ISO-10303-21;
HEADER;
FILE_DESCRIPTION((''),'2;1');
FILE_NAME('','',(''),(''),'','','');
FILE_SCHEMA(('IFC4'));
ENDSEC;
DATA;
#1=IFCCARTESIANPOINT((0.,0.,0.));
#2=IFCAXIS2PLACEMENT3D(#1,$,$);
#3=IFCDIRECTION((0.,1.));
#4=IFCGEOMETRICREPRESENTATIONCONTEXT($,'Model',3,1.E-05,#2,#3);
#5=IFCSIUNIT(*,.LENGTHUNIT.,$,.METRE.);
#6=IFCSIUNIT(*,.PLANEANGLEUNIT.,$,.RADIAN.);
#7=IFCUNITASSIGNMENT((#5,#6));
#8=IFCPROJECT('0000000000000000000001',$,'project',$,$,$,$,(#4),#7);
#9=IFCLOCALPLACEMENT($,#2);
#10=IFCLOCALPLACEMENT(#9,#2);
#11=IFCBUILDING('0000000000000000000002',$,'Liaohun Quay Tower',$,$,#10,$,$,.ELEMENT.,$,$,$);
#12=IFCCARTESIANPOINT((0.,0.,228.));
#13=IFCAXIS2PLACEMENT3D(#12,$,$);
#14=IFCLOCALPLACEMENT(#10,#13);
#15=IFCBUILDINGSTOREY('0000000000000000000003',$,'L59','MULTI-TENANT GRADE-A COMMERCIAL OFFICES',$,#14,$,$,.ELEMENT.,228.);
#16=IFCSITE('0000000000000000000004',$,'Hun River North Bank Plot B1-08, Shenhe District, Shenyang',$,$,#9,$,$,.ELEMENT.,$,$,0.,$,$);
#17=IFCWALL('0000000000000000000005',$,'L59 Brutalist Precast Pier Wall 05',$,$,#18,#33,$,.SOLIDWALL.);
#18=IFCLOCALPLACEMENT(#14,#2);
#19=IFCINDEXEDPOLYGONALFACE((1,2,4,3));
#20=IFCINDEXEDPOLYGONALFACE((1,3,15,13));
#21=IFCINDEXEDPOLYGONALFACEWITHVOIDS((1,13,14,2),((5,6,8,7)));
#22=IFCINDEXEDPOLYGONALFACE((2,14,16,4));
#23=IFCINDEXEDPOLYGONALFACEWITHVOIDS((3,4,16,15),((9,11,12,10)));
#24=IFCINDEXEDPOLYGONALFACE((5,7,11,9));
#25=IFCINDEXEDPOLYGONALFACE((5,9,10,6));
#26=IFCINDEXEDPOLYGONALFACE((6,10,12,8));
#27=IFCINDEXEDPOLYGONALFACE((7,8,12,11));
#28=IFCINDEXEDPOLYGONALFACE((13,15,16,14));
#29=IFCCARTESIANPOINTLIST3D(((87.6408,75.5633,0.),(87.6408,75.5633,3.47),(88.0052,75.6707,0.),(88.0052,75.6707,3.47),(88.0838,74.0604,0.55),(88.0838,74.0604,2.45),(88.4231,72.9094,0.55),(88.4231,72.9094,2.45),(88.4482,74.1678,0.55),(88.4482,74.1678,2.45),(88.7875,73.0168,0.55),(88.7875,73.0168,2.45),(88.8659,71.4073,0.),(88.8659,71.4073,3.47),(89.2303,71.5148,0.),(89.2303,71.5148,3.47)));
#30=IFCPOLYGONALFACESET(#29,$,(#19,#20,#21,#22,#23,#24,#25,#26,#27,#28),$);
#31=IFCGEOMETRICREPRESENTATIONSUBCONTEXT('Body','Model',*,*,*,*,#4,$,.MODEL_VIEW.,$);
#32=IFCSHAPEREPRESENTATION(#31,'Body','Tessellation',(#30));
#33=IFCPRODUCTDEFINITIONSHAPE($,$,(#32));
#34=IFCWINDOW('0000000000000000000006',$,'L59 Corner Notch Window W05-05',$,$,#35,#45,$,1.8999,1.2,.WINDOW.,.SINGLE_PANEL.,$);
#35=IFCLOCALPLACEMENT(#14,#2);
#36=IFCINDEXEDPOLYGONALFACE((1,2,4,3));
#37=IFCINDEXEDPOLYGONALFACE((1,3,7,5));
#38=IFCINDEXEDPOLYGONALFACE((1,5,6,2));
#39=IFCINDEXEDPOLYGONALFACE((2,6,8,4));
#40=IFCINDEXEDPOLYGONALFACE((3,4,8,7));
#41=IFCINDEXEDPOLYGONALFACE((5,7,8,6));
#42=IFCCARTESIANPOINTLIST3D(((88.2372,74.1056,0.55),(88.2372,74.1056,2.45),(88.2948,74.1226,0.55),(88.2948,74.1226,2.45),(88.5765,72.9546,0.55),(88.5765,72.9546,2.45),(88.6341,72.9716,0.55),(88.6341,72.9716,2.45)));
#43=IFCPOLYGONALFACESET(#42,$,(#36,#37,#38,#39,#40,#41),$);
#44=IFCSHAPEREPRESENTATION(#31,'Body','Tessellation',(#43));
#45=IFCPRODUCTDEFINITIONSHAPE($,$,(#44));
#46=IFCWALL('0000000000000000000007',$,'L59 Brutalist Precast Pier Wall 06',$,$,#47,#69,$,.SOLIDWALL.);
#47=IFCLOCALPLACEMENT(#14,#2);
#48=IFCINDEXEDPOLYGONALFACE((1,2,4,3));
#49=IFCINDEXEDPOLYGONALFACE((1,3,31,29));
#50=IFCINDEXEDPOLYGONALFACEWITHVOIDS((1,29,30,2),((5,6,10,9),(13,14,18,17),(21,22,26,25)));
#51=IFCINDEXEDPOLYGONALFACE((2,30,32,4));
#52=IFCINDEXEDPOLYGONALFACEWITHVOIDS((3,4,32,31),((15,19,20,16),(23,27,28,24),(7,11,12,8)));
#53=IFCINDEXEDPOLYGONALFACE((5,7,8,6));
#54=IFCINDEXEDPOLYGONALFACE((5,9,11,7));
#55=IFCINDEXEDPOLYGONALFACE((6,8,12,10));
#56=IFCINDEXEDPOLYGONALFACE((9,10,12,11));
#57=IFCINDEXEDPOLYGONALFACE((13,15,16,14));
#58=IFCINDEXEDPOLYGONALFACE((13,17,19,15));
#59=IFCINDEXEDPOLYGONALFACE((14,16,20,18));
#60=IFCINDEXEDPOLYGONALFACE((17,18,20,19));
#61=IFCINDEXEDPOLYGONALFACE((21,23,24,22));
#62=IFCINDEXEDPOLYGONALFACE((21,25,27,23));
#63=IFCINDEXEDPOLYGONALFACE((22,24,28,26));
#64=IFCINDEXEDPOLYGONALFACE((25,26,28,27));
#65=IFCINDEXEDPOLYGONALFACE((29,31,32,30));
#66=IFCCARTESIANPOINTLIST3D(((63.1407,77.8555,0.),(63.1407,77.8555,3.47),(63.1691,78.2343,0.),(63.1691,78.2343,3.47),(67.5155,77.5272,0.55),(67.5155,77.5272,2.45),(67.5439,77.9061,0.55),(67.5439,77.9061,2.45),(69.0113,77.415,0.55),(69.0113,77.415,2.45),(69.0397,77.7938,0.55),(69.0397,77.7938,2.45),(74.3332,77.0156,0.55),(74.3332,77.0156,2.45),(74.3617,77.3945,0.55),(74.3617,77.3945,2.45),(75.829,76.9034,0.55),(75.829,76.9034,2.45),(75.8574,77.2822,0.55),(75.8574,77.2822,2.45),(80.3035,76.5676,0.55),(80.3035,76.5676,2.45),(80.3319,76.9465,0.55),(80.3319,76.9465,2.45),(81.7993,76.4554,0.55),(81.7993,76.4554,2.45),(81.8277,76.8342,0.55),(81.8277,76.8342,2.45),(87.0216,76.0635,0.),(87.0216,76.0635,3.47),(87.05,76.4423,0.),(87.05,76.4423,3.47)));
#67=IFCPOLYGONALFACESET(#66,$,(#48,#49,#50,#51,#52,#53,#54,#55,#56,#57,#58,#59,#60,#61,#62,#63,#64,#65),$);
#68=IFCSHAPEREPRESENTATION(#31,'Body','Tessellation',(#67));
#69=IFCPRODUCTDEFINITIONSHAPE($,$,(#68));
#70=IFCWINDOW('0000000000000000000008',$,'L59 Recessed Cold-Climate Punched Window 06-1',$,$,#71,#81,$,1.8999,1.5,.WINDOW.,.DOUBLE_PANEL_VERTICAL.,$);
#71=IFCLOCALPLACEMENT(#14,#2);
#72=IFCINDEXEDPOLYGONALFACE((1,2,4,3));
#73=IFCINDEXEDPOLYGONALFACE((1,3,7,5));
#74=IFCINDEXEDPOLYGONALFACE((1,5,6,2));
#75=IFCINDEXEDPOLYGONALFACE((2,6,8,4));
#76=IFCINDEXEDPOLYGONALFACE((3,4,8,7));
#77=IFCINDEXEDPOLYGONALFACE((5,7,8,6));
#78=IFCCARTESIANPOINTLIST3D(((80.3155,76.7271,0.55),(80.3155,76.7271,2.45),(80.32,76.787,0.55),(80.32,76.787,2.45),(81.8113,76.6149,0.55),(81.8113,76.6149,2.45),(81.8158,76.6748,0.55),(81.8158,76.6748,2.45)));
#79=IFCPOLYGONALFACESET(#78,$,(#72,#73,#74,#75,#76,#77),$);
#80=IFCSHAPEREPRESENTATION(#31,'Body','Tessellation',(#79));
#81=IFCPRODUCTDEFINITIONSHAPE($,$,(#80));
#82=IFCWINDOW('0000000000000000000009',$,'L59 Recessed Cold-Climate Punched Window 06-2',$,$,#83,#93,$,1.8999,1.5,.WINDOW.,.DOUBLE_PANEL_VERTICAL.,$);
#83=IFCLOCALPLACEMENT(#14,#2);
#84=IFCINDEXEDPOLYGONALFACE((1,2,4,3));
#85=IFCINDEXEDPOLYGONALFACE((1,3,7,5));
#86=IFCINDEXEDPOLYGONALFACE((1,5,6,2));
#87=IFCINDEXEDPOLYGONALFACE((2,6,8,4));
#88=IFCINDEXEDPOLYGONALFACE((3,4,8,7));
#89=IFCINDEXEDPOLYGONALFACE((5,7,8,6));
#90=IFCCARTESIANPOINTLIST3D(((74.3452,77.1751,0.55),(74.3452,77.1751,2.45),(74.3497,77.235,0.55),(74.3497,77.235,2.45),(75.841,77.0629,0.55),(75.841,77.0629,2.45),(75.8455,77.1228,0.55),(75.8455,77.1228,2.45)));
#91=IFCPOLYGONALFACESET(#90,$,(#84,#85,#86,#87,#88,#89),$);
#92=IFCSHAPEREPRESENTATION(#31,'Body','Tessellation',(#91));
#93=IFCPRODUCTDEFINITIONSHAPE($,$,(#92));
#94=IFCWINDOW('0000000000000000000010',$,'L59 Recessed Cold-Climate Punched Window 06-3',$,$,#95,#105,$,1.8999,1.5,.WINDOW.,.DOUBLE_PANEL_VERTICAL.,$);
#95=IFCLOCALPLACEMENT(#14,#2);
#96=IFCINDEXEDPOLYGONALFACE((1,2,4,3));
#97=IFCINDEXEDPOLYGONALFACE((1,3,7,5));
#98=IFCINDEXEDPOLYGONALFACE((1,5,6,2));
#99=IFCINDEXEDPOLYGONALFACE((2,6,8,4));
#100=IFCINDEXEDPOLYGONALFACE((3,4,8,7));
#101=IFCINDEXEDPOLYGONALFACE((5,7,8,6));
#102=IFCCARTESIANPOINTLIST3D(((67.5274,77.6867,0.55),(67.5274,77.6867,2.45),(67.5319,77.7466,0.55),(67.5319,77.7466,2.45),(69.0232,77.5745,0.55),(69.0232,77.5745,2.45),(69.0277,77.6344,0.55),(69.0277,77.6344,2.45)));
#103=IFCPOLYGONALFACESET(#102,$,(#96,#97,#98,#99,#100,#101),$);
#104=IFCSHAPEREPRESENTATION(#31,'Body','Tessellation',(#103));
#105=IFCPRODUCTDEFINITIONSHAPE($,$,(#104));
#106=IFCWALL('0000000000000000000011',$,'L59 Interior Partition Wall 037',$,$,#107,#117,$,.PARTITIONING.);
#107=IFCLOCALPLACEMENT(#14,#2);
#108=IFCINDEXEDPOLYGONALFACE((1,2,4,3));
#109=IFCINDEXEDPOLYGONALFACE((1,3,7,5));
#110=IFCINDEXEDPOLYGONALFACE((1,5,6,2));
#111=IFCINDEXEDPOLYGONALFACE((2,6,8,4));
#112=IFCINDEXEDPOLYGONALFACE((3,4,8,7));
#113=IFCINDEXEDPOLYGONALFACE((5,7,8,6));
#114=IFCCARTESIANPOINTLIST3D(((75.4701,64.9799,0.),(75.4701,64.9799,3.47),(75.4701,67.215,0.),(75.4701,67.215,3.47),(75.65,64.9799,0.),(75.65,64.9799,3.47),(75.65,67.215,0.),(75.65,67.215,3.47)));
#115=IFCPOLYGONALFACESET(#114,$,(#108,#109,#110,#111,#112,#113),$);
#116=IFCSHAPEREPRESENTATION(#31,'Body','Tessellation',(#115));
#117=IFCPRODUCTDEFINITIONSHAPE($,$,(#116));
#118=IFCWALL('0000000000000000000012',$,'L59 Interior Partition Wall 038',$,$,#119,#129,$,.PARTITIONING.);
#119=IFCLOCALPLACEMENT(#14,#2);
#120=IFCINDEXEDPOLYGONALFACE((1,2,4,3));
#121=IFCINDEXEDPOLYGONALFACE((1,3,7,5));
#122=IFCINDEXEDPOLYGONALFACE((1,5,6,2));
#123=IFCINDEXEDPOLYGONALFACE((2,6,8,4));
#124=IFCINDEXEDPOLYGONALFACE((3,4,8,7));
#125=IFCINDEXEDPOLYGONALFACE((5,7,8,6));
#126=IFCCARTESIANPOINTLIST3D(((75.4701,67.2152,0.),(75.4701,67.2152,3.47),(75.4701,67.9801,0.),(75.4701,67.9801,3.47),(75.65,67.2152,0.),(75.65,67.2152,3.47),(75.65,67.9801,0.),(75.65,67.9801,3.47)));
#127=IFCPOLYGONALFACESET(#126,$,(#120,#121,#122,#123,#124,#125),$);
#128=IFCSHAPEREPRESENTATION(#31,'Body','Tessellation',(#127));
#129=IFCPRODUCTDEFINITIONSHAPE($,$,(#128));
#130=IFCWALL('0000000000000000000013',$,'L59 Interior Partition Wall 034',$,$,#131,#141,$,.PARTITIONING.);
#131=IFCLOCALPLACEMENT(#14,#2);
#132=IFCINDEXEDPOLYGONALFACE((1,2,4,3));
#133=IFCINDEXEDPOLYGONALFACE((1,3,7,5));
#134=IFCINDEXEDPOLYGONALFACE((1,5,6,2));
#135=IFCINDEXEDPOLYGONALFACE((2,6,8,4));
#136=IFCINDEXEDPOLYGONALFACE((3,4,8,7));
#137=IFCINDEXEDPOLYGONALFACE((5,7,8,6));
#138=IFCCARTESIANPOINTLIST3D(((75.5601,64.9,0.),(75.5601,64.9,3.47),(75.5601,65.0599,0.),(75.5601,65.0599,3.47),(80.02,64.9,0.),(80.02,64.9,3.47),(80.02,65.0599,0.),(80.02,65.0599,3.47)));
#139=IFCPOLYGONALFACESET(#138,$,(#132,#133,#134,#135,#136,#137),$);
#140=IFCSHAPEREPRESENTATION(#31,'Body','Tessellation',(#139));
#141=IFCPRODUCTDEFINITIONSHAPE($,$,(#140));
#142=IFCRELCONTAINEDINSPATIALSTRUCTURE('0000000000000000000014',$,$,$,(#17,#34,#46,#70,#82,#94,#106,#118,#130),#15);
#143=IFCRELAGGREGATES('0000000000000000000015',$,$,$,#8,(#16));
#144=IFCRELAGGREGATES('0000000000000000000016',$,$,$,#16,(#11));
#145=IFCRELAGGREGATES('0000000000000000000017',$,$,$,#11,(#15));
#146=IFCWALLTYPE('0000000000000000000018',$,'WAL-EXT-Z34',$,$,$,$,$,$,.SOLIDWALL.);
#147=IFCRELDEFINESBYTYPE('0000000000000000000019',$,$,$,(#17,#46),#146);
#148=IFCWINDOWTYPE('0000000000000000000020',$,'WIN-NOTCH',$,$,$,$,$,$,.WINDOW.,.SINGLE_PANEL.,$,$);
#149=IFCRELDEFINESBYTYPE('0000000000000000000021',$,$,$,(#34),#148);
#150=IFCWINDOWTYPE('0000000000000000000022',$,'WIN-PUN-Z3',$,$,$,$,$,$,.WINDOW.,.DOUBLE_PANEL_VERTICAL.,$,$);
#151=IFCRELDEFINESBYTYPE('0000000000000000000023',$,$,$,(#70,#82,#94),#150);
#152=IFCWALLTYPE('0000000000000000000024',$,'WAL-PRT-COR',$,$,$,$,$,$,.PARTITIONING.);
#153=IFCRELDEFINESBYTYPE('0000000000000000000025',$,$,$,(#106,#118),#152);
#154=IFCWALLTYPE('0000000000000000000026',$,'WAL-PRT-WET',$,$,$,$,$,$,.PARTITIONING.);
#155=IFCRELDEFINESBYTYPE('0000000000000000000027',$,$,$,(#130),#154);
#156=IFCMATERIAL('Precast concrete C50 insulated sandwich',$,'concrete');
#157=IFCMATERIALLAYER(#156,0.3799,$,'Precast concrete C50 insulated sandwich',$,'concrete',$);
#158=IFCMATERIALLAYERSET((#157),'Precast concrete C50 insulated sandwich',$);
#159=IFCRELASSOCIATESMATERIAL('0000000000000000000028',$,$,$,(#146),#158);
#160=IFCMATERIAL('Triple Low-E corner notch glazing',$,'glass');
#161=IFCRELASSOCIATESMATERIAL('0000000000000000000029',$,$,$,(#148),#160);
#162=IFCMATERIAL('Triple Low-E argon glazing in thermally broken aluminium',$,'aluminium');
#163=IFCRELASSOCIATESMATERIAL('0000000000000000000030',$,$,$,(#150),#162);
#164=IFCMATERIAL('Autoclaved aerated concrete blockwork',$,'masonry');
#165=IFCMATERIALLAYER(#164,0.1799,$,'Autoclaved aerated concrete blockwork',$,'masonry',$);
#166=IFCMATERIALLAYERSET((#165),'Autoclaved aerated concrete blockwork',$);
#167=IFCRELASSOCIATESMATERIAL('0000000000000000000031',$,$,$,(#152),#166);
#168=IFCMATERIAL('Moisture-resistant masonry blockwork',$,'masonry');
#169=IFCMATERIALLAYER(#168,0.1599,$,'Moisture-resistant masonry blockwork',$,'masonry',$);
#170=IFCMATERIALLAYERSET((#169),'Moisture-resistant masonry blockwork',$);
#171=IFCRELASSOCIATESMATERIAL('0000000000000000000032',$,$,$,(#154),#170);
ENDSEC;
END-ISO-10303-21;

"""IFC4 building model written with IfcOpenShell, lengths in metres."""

from ifc_helpers import new_model, si_unit, direction, frame, frame_2d, origin, place, context, subcontext, project, spatial, rectangle, extrude, source, transform, mapped, material, layer, layer_set, type_object, element, fill, save


model = new_model("IFC4")

# Units and contexts
model_context = context("Model", 3, precision=1e-05, world=origin(), true_north=direction((0.0, 1.0)))
body_context = subcontext(model_context, "Body", "Model", "MODEL_VIEW")
ifc_project = project(units=[si_unit("LENGTHUNIT", "METRE"), si_unit("PLANEANGLEUNIT", "RADIAN")], contexts=[model_context])

# Site, building, storey
site_placement = place(None, origin())
site = spatial("IfcSite", under=ifc_project, at=site_placement, Name="Hun River North Bank Plot B1-08, Shenhe District, Shenyang", CompositionType="ELEMENT", RefElevation=0.0)
building_placement = place(site_placement, origin())
building = spatial("IfcBuilding", under=site, at=building_placement, Name="Liaohun Quay Tower", CompositionType="ELEMENT")
storey_placement = place(building_placement, frame((0.0, 0.0, 228.0)))
storey = spatial("IfcBuildingStorey", under=building, at=storey_placement, Name="L59", Description="MULTI-TENANT GRADE-A COMMERCIAL OFFICES", CompositionType="ELEMENT", Elevation=228.0)

# Wall, opening, window
ifc_material_1 = material(Name="Precast concrete C50 insulated sandwich", Category="concrete")
ifc_layer_1 = layer(ifc_material_1, 0.3799, Name="Precast concrete C50 insulated sandwich", Category="concrete")
ifc_layer_set_1 = layer_set([ifc_layer_1], Name="Precast concrete C50 insulated sandwich")
wall_type_1 = type_object("IfcWallType", Name="WAL-EXT-Z34", PredefinedType="SOLIDWALL", material=ifc_layer_set_1)
shared_shape_1 = source(origin(), body_context, "Body", "SweptSolid", [
    extrude(rectangle(XDim=1.2, YDim=1.8999, at=frame_2d((0.6001, 0.95))), frame((0.0, 0.2, 0.0), z_axis=(0.0, -1.0, 0.0), x_axis=(1.0, 0.0, 0.0)), (0.0, 0.0, 1.0), 0.3999),
])
ifc_material_2 = material(Name="Triple Low-E corner notch glazing", Category="glass")
window_type_1 = type_object("IfcWindowType", Name="WIN-NOTCH", PartitioningType="SINGLE_PANEL", PredefinedType="WINDOW", material=ifc_material_2)
shared_shape_2 = source(origin(), body_context, "Body", "SweptSolid", [
    extrude(rectangle(XDim=1.2, YDim=1.8999, at=frame_2d((0.6001, 0.95))), frame((0.0, 0.03, 0.0), z_axis=(0.0, -1.0, 0.0), x_axis=(1.0, 0.0, 0.0)), (0.0, 0.0, 1.0), 0.0601),
])
wall_1_placement = place(storey_placement, frame((89.0481, 71.4609, 0.0), z_axis=(0.0, 0.0, 1.0), x_axis=(-0.282749, 0.959194, 0.0)))
wall_1 = element("IfcWall", 1, at=wall_1_placement, inside=storey, type_object=wall_type_1, Name="L59 Brutalist Precast Pier Wall 05", PredefinedType="SOLIDWALL", context=body_context, shape_type="SweptSolid", body=[
    extrude(rectangle(XDim=4.3328, YDim=0.3799, at=frame_2d((2.1665, 0.0))), origin(), (0.0, 0.0, 1.0), 3.47),
])
opening_1_placement = place(wall_1_placement, frame((1.5659, 0.0, 0.55)))
opening_1 = element("IfcOpeningElement", 2, at=opening_1_placement, cuts=wall_1, PredefinedType="OPENING", context=body_context, shape_type="MappedRepresentation", body=[
    mapped(shared_shape_1, transform((0.0, 0.0, 0.0), x_axis=(1.0, 0.0, 0.0), y_axis=(0.0, 1.0, 0.0), z_axis=(0.0, 0.0, 1.0), scale=1.0)),
])
window_1_placement = place(opening_1_placement, origin())
window_1 = element("IfcWindow", 3, at=window_1_placement, inside=storey, type_object=window_type_1, Name="L59 Corner Notch Window W05-05", OverallHeight=1.8999, OverallWidth=1.2, PartitioningType="SINGLE_PANEL", PredefinedType="WINDOW", context=body_context, shape_type="MappedRepresentation", body=[
    mapped(shared_shape_2, transform((0.0, 0.0, 0.0), x_axis=(1.0, 0.0, 0.0), y_axis=(0.0, 1.0, 0.0), z_axis=(0.0, 0.0, 1.0), scale=1.0)),
])
fill(opening_1, window_1)

# Wall, openings, windows
wall_2_placement = place(storey_placement, frame((87.0359, 76.2529, 0.0), z_axis=(0.0, 0.0, 1.0), x_axis=(-0.997196, 0.074828, 0.0)))
wall_2 = element("IfcWall", 4, at=wall_2_placement, inside=storey, type_object=wall_type_1, Name="L59 Brutalist Precast Pier Wall 06", PredefinedType="SOLIDWALL", context=body_context, shape_type="SweptSolid", body=[
    extrude(rectangle(XDim=23.948, YDim=0.3799, at=frame_2d((11.9741, 0.0))), origin(), (0.0, 0.0, 1.0), 3.47),
])
shared_shape_3 = source(origin(), body_context, "Body", "SweptSolid", [
    extrude(rectangle(XDim=1.5, YDim=1.8999, at=frame_2d((0.75, 0.95))), frame((0.0, 0.2, 0.0), z_axis=(0.0, -1.0, 0.0), x_axis=(1.0, 0.0, 0.0)), (0.0, 0.0, 1.0), 0.3999),
])
opening_2_placement = place(wall_2_placement, frame((5.2371, 0.0, 0.55)))
opening_2 = element("IfcOpeningElement", 5, at=opening_2_placement, cuts=wall_2, PredefinedType="OPENING", context=body_context, shape_type="MappedRepresentation", body=[
    mapped(shared_shape_3, transform((0.0, 0.0, 0.0), x_axis=(1.0, 0.0, 0.0), y_axis=(0.0, 1.0, 0.0), z_axis=(0.0, 0.0, 1.0), scale=1.0)),
])
opening_3_placement = place(wall_2_placement, frame((11.2241, 0.0, 0.55)))
opening_3 = element("IfcOpeningElement", 6, at=opening_3_placement, cuts=wall_2, PredefinedType="OPENING", context=body_context, shape_type="MappedRepresentation", body=[
    mapped(shared_shape_3, transform((0.0, 0.0, 0.0), x_axis=(1.0, 0.0, 0.0), y_axis=(0.0, 1.0, 0.0), z_axis=(0.0, 0.0, 1.0), scale=1.0)),
])
opening_4_placement = place(wall_2_placement, frame((18.061, 0.0, 0.55)))
opening_4 = element("IfcOpeningElement", 7, at=opening_4_placement, cuts=wall_2, PredefinedType="OPENING", context=body_context, shape_type="MappedRepresentation", body=[
    mapped(shared_shape_3, transform((0.0, 0.0, 0.0), x_axis=(1.0, 0.0, 0.0), y_axis=(0.0, 1.0, 0.0), z_axis=(0.0, 0.0, 1.0), scale=1.0)),
])
ifc_material_3 = material(Name="Triple Low-E argon glazing in thermally broken aluminium", Category="aluminium")
window_type_2 = type_object("IfcWindowType", Name="WIN-PUN-Z3", PartitioningType="DOUBLE_PANEL_VERTICAL", PredefinedType="WINDOW", material=ifc_material_3)
shared_shape_4 = source(origin(), body_context, "Body", "SweptSolid", [
    extrude(rectangle(XDim=1.5, YDim=1.8999, at=frame_2d((0.75, 0.95))), frame((0.0, 0.03, 0.0), z_axis=(0.0, -1.0, 0.0), x_axis=(1.0, 0.0, 0.0)), (0.0, 0.0, 1.0), 0.0601),
])
window_2_placement = place(opening_2_placement, origin())
window_2 = element("IfcWindow", 8, at=window_2_placement, inside=storey, type_object=window_type_2, Name="L59 Recessed Cold-Climate Punched Window 06-1", OverallHeight=1.8999, OverallWidth=1.5, PartitioningType="DOUBLE_PANEL_VERTICAL", PredefinedType="WINDOW", context=body_context, shape_type="MappedRepresentation", body=[
    mapped(shared_shape_4, transform((0.0, 0.0, 0.0), x_axis=(1.0, 0.0, 0.0), y_axis=(0.0, 1.0, 0.0), z_axis=(0.0, 0.0, 1.0), scale=1.0)),
])
fill(opening_2, window_2)
window_3_placement = place(opening_3_placement, origin())
window_3 = element("IfcWindow", 9, at=window_3_placement, inside=storey, type_object=window_type_2, Name="L59 Recessed Cold-Climate Punched Window 06-2", OverallHeight=1.8999, OverallWidth=1.5, PartitioningType="DOUBLE_PANEL_VERTICAL", PredefinedType="WINDOW", context=body_context, shape_type="MappedRepresentation", body=[
    mapped(shared_shape_4, transform((0.0, 0.0, 0.0), x_axis=(1.0, 0.0, 0.0), y_axis=(0.0, 1.0, 0.0), z_axis=(0.0, 0.0, 1.0), scale=1.0)),
])
fill(opening_3, window_3)
window_4_placement = place(opening_4_placement, origin())
window_4 = element("IfcWindow", 10, at=window_4_placement, inside=storey, type_object=window_type_2, Name="L59 Recessed Cold-Climate Punched Window 06-3", OverallHeight=1.8999, OverallWidth=1.5, PartitioningType="DOUBLE_PANEL_VERTICAL", PredefinedType="WINDOW", context=body_context, shape_type="MappedRepresentation", body=[
    mapped(shared_shape_4, transform((0.0, 0.0, 0.0), x_axis=(1.0, 0.0, 0.0), y_axis=(0.0, 1.0, 0.0), z_axis=(0.0, 0.0, 1.0), scale=1.0)),
])
fill(opening_4, window_4)

# Walls
ifc_material_4 = material(Name="Autoclaved aerated concrete blockwork", Category="masonry")
ifc_layer_2 = layer(ifc_material_4, 0.1799, Name="Autoclaved aerated concrete blockwork", Category="masonry")
ifc_layer_set_2 = layer_set([ifc_layer_2], Name="Autoclaved aerated concrete blockwork")
wall_type_2 = type_object("IfcWallType", Name="WAL-PRT-COR", PredefinedType="PARTITIONING", material=ifc_layer_set_2)
wall_3_placement = place(storey_placement, frame((75.5601, 67.2151, 0.0), z_axis=(0.0, 0.0, 1.0), x_axis=(0.0, -1.0, 0.0)))
element("IfcWall", 11, at=wall_3_placement, inside=storey, type_object=wall_type_2, Name="L59 Interior Partition Wall 037", PredefinedType="PARTITIONING", context=body_context, shape_type="SweptSolid", body=[
    extrude(rectangle(XDim=2.2351, YDim=0.1799, at=frame_2d((1.1177, 0.0))), origin(), (0.0, 0.0, 1.0), 3.47),
])
wall_4_placement = place(storey_placement, frame((75.5601, 67.98, 0.0), z_axis=(0.0, 0.0, 1.0), x_axis=(0.0, -1.0, 0.0)))
element("IfcWall", 12, at=wall_4_placement, inside=storey, type_object=wall_type_2, Name="L59 Interior Partition Wall 038", PredefinedType="PARTITIONING", context=body_context, shape_type="SweptSolid", body=[
    extrude(rectangle(XDim=0.7649, YDim=0.1799, at=frame_2d((0.3823, 0.0))), origin(), (0.0, 0.0, 1.0), 3.47),
])
ifc_material_5 = material(Name="Moisture-resistant masonry blockwork", Category="masonry")
ifc_layer_3 = layer(ifc_material_5, 0.1599, Name="Moisture-resistant masonry blockwork", Category="masonry")
ifc_layer_set_3 = layer_set([ifc_layer_3], Name="Moisture-resistant masonry blockwork")
wall_type_3 = type_object("IfcWallType", Name="WAL-PRT-WET", PredefinedType="PARTITIONING", material=ifc_layer_set_3)
wall_5_placement = place(storey_placement, frame((75.5601, 64.98, 0.0), z_axis=(0.0, 0.0, 1.0), x_axis=(1.0, 0.0, 0.0)))
element("IfcWall", 13, at=wall_5_placement, inside=storey, type_object=wall_type_3, Name="L59 Interior Partition Wall 034", PredefinedType="PARTITIONING", context=body_context, shape_type="SweptSolid", body=[
    extrude(rectangle(XDim=4.46, YDim=0.1599, at=frame_2d((2.23, 0.0))), origin(), (0.0, 0.0, 1.0), 3.47),
])

save(model, "model.ifc")
